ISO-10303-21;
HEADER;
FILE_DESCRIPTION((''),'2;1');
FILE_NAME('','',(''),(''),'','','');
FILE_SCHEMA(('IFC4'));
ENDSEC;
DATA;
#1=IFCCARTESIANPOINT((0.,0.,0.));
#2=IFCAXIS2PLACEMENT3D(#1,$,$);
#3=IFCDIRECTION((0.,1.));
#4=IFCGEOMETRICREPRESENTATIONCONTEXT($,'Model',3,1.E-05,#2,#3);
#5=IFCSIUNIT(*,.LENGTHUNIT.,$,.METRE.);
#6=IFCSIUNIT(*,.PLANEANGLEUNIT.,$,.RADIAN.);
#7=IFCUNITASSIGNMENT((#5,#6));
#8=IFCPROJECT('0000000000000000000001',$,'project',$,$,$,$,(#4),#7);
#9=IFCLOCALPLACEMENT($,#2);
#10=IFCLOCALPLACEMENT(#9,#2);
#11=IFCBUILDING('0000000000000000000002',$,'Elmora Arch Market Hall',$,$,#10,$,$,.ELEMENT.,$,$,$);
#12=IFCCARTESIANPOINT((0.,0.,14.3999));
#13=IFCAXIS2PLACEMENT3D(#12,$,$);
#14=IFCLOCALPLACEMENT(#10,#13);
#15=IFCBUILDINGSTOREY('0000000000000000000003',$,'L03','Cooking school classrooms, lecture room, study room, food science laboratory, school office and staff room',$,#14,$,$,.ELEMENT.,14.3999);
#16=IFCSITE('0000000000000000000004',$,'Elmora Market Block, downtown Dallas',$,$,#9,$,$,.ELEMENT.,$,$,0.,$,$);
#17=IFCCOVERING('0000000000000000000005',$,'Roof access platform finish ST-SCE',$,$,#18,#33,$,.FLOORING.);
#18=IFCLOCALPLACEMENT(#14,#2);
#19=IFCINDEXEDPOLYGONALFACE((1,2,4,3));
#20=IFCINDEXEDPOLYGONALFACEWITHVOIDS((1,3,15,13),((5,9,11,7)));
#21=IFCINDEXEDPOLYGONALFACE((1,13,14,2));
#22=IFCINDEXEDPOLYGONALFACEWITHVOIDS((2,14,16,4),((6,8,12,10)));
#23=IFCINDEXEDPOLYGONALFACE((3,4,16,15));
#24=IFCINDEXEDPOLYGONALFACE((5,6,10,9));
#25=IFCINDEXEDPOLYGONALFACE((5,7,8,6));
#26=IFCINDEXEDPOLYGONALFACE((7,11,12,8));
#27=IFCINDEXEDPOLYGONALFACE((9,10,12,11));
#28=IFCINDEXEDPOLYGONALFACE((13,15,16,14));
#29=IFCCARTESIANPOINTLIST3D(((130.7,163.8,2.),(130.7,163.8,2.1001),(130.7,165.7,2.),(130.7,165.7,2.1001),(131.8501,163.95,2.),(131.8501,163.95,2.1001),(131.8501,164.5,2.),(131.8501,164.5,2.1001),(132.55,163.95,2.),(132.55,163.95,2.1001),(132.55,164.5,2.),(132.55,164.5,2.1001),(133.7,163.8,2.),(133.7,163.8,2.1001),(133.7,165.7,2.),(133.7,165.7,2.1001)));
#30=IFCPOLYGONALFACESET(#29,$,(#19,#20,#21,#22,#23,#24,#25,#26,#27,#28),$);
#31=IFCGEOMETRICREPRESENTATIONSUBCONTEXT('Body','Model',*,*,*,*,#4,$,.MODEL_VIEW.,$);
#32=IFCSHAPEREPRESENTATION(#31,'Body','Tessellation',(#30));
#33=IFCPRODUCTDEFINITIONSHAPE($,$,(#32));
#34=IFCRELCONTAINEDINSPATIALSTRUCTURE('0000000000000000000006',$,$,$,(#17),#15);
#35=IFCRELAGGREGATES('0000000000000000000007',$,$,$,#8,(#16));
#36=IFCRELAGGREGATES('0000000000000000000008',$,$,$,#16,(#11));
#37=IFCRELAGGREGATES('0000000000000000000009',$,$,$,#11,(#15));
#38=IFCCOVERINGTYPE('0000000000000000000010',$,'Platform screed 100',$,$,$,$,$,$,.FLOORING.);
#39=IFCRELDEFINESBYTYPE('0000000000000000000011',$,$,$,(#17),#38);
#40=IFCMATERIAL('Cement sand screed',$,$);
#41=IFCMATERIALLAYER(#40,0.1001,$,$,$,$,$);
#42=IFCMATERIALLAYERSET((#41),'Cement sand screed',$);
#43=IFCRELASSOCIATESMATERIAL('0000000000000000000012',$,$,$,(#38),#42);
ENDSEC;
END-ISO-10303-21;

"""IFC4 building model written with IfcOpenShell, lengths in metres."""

from ifc_helpers import new_model, si_unit, direction, frame, origin, place, context, subcontext, project, spatial, polyline, outline, extrude, material, layer, layer_set, type_object, element, save


model = new_model("IFC4")

# Units and contexts
model_context = context("Model", 3, precision=1e-05, world=origin(), true_north=direction((0.0, 1.0)))
body_context = subcontext(model_context, "Body", "Model", "MODEL_VIEW")
ifc_project = project(units=[si_unit("LENGTHUNIT", "METRE"), si_unit("PLANEANGLEUNIT", "RADIAN")], contexts=[model_context])

# Site, building, storey
site_placement = place(None, origin())
site = spatial("IfcSite", under=ifc_project, at=site_placement, Name="Elmora Market Block, downtown Dallas", CompositionType="ELEMENT", RefElevation=0.0)
building_placement = place(site_placement, origin())
building = spatial("IfcBuilding", under=site, at=building_placement, Name="Elmora Arch Market Hall", CompositionType="ELEMENT")
storey_placement = place(building_placement, frame((0.0, 0.0, 14.3999)))
storey = spatial("IfcBuildingStorey", under=building, at=storey_placement, Name="L03", Description="Cooking school classrooms, lecture room, study room, food science laboratory, school office and staff room", CompositionType="ELEMENT", Elevation=14.3999)

# Covering
ifc_material_1 = material(Name="Cement sand screed")
ifc_layer_1 = layer(ifc_material_1, 0.1001)
ifc_layer_set_1 = layer_set([ifc_layer_1], Name="Cement sand screed")
covering_type_1 = type_object("IfcCoveringType", Name="Platform screed 100", PredefinedType="FLOORING", material=ifc_layer_set_1)
covering_1_placement = place(storey_placement, frame((0.0, 0.0, 2.0)))
element("IfcCovering", 1, at=covering_1_placement, inside=storey, type_object=covering_type_1, Name="Roof access platform finish ST-SCE", PredefinedType="FLOORING", context=body_context, shape_type="SweptSolid", body=[
    extrude(outline(polyline([(130.7, 163.8), (133.7, 163.8), (133.7, 165.7), (130.7, 165.7), (130.7, 163.8)]), holes=[polyline([(131.8501, 163.95), (132.55, 163.95), (132.55, 164.5), (131.8501, 164.5), (131.8501, 163.95)])]), origin(), (0.0, 0.0, 1.0), 0.1001),
])

save(model, "model.ifc")
